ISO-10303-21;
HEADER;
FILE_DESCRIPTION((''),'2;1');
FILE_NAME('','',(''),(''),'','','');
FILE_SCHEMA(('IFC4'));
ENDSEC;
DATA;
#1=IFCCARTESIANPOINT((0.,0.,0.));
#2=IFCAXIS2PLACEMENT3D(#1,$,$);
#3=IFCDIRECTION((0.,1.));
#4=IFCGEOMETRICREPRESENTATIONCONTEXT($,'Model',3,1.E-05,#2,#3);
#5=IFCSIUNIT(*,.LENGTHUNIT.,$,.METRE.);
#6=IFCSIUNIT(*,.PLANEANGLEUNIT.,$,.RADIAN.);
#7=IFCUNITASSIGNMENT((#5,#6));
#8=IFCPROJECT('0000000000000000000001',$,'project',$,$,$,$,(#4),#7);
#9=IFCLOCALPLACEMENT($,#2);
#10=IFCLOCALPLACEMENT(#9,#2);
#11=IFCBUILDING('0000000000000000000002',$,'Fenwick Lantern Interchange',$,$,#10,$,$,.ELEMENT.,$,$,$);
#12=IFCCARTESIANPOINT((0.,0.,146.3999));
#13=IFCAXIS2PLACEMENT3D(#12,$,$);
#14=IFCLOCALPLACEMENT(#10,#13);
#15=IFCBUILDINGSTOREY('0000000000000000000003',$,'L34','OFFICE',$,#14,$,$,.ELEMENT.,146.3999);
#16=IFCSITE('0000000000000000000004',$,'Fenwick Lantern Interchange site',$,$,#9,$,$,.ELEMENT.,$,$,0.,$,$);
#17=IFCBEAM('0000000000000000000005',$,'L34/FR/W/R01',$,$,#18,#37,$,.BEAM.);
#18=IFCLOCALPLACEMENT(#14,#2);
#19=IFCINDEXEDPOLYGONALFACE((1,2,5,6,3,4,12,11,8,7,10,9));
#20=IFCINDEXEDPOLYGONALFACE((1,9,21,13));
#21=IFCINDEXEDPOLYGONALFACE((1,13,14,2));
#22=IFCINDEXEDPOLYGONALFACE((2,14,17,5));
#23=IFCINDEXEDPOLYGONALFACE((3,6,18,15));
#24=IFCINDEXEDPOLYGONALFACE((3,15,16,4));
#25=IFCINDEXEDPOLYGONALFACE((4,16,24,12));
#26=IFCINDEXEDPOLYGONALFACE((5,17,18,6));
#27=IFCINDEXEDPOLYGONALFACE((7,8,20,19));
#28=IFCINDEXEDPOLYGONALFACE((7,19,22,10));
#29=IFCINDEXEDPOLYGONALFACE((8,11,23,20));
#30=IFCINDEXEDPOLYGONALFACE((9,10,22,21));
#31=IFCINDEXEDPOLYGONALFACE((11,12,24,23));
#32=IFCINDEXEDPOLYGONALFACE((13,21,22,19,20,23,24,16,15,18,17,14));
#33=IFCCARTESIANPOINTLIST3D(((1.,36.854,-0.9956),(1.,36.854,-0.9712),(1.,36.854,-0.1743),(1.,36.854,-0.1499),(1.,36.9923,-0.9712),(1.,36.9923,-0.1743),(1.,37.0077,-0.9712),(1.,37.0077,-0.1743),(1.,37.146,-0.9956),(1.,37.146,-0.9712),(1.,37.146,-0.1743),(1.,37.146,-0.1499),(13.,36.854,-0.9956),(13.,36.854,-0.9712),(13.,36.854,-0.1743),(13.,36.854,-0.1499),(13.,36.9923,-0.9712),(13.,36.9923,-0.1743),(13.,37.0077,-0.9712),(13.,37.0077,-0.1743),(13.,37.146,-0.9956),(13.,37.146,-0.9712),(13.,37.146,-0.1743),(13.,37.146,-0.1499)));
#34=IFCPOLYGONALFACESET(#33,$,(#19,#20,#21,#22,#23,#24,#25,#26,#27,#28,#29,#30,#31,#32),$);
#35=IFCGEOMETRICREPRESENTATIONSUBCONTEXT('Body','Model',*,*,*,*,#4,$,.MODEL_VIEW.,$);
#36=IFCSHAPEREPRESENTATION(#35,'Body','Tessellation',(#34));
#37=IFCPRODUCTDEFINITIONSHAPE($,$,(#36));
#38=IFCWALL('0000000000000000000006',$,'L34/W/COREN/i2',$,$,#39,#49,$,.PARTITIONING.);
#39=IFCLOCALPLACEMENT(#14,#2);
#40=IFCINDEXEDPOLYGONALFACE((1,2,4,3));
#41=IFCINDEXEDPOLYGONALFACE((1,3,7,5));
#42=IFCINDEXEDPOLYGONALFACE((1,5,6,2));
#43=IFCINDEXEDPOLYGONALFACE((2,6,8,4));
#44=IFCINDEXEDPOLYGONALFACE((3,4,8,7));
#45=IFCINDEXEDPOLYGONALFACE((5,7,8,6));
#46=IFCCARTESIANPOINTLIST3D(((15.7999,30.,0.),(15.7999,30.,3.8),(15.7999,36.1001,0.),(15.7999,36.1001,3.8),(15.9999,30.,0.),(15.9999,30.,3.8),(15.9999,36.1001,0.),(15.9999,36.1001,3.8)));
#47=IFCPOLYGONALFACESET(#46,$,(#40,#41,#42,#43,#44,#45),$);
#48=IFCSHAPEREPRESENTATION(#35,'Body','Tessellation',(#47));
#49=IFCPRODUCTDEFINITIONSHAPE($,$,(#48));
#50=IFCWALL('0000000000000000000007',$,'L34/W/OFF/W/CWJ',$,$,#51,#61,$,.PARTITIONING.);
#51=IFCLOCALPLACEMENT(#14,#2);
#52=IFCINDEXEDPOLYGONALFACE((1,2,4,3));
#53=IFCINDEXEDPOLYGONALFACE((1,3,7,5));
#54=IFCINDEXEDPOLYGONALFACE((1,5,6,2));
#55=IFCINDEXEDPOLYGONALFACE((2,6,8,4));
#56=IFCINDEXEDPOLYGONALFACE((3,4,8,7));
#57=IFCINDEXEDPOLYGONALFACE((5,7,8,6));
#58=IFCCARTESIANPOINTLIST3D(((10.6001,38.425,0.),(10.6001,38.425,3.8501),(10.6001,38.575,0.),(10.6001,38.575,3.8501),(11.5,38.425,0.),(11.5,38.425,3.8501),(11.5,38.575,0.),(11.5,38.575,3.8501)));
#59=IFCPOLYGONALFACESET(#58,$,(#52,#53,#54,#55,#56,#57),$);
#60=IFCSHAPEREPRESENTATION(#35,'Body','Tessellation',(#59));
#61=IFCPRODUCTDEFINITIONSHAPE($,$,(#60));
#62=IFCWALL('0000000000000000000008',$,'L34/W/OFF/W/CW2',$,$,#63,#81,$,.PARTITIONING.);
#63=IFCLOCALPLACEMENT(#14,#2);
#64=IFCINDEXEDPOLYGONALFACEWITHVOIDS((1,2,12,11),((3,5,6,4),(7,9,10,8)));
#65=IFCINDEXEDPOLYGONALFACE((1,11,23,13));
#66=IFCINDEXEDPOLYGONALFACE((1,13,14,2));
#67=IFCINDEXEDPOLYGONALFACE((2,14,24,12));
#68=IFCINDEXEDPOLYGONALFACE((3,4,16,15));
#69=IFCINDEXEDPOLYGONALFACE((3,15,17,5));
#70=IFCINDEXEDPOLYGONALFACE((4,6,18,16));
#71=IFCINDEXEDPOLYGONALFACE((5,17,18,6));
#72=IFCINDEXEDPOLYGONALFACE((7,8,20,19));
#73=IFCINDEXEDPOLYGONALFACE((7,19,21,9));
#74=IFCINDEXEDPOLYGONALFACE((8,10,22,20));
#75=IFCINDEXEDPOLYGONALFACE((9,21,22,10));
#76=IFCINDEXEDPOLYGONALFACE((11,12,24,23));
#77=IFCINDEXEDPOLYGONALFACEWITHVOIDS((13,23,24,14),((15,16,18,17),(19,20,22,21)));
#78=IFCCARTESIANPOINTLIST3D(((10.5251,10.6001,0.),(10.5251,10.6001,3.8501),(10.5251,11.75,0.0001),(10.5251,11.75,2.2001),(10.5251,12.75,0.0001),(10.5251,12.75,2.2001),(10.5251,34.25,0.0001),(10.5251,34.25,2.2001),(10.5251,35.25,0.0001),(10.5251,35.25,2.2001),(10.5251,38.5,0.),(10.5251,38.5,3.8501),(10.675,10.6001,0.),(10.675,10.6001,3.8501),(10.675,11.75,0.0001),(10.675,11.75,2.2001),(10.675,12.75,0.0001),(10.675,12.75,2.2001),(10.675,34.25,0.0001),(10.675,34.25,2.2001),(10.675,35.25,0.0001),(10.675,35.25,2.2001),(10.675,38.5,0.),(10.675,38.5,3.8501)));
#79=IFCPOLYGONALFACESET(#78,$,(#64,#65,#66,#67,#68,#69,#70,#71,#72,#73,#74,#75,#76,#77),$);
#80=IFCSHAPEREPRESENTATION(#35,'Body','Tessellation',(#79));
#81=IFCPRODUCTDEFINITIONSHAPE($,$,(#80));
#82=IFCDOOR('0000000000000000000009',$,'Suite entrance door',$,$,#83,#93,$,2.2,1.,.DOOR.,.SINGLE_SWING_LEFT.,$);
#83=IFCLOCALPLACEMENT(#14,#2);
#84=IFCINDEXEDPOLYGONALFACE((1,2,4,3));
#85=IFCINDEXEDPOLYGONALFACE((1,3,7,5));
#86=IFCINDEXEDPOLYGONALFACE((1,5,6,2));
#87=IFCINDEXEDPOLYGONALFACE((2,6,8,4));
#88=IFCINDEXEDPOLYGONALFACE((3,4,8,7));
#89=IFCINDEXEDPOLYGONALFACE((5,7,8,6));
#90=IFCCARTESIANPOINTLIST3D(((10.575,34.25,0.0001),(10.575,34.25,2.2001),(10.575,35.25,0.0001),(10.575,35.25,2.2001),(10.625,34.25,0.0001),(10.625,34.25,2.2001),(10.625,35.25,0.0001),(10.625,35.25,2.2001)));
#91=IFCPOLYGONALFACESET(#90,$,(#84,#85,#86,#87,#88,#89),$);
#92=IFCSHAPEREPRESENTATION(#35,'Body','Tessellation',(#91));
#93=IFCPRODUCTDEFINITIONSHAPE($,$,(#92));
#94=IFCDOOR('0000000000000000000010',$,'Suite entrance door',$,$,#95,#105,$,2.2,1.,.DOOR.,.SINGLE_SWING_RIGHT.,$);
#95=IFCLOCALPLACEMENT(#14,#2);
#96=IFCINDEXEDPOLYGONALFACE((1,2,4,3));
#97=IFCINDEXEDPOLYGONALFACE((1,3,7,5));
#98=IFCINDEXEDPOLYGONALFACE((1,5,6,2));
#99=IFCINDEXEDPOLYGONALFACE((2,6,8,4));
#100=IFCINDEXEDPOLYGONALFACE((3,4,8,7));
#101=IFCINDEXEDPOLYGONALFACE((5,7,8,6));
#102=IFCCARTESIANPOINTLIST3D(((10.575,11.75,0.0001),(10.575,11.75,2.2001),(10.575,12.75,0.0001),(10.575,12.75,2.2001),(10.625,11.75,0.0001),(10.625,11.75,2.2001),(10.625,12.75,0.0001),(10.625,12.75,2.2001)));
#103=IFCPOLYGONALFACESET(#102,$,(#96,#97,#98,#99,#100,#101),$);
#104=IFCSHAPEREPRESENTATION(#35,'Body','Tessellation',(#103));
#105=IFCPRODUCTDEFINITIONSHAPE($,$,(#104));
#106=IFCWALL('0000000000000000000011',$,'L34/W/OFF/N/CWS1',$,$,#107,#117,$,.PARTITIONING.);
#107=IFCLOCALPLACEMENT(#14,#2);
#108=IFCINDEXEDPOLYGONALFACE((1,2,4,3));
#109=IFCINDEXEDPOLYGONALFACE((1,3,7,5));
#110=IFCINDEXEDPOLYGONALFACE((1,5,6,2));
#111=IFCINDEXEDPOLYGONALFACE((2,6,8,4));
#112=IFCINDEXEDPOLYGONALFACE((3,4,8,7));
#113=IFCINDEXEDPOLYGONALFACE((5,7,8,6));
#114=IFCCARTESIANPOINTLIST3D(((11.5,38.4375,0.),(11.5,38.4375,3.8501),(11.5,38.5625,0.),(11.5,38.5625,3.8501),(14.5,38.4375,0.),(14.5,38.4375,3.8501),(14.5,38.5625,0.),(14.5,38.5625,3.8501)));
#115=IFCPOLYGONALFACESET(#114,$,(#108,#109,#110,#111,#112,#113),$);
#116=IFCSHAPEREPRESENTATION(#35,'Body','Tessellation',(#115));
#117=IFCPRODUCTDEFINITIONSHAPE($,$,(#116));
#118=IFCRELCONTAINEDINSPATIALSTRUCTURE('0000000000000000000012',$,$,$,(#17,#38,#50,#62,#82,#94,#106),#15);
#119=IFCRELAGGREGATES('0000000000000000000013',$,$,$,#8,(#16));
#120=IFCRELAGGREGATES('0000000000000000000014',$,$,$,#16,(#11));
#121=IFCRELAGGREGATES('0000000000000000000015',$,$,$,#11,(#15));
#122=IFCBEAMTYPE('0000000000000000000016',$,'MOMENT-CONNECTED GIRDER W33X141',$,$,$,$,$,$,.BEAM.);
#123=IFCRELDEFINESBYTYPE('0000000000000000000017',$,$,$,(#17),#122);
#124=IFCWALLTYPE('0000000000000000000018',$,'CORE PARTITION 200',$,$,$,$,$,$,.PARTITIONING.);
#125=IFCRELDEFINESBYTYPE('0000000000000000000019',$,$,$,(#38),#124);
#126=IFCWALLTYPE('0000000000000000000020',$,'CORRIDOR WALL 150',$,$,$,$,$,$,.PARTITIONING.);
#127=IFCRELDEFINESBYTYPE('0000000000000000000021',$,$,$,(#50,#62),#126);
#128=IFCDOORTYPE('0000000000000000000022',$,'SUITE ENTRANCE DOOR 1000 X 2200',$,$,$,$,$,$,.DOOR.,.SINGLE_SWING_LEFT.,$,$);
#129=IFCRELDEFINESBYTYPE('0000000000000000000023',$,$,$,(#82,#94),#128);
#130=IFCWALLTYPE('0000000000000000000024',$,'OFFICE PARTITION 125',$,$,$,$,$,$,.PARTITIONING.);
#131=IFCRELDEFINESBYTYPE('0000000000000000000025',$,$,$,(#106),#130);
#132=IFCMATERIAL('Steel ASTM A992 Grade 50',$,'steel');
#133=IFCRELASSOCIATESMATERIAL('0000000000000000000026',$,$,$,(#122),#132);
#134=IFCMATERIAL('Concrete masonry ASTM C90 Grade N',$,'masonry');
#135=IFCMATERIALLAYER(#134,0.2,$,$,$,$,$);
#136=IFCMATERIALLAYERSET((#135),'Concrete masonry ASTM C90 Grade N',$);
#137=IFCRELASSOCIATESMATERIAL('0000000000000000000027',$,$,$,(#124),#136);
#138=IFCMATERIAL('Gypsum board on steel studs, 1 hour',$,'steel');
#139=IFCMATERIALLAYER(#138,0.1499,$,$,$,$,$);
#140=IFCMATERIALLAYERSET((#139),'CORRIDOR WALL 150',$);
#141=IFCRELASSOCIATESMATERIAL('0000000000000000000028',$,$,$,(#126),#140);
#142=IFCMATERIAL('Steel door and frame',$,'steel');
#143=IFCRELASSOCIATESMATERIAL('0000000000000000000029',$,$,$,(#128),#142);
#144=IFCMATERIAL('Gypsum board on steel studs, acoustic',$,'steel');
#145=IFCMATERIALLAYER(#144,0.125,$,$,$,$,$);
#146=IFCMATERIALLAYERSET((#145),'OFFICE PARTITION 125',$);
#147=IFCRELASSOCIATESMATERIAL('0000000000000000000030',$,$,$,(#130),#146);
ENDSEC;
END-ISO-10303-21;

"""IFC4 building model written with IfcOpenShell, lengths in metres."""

from ifc_helpers import new_model, si_unit, direction, frame, frame_2d, origin, origin_2d, place, context, subcontext, project, spatial, rectangle, i_section, extrude, material, layer, layer_set, material_profile, profile_set, type_object, element, fill, save


model = new_model("IFC4")

# Units and contexts
model_context = context("Model", 3, precision=1e-05, world=origin(), true_north=direction((0.0, 1.0)))
body_context = subcontext(model_context, "Body", "Model", "MODEL_VIEW")
ifc_project = project(units=[si_unit("LENGTHUNIT", "METRE"), si_unit("PLANEANGLEUNIT", "RADIAN")], contexts=[model_context])

# Site, building, storey
site_placement = place(None, origin())
site = spatial("IfcSite", under=ifc_project, at=site_placement, Name="Fenwick Lantern Interchange site", CompositionType="ELEMENT", RefElevation=0.0)
building_placement = place(site_placement, origin())
building = spatial("IfcBuilding", under=site, at=building_placement, Name="Fenwick Lantern Interchange", CompositionType="ELEMENT")
storey_placement = place(building_placement, frame((0.0, 0.0, 146.3999)))
storey = spatial("IfcBuildingStorey", under=building, at=storey_placement, Name="L34", Description="OFFICE", CompositionType="ELEMENT", Elevation=146.3999)

# Beam
ifc_material_1 = material(Name="Steel ASTM A992 Grade 50", Category="steel")
ifc_material_profile_1 = material_profile(ifc_material_1, i_section(OverallWidth=0.292, OverallDepth=0.8457, WebThickness=0.0154, FlangeThickness=0.0244, at=origin_2d()), Name="W33X141")
ifc_profile_set_1 = profile_set([ifc_material_profile_1], Name="Steel ASTM A992 Grade 50")
beam_type_1 = type_object("IfcBeamType", Name="MOMENT-CONNECTED GIRDER W33X141", PredefinedType="BEAM", material=ifc_profile_set_1)
beam_1_placement = place(storey_placement, frame((1.0, 37.0, -0.5728), z_axis=(1.0, 0.0, 0.0), x_axis=(0.0, 1.0, 0.0)))
element("IfcBeam", 1, at=beam_1_placement, inside=storey, type_object=beam_type_1, Name="L34/FR/W/R01", PredefinedType="BEAM", context=body_context, shape_type="SweptSolid", body=[
    extrude(i_section(OverallWidth=0.292, OverallDepth=0.8457, WebThickness=0.0154, FlangeThickness=0.0244, at=origin_2d()), origin(), (0.0, 0.0, 1.0), 12.0),
])

# Walls
ifc_material_2 = material(Name="Concrete masonry ASTM C90 Grade N", Category="masonry")
ifc_layer_1 = layer(ifc_material_2, 0.2)
ifc_layer_set_1 = layer_set([ifc_layer_1], Name="Concrete masonry ASTM C90 Grade N")
wall_type_1 = type_object("IfcWallType", Name="CORE PARTITION 200", PredefinedType="PARTITIONING", material=ifc_layer_set_1)
wall_1_placement = place(storey_placement, frame((15.8999, 36.1001, 0.0), z_axis=(0.0, 0.0, 1.0), x_axis=(0.0, -1.0, 0.0)))
element("IfcWall", 2, at=wall_1_placement, inside=storey, type_object=wall_type_1, Name="L34/W/COREN/i2", PredefinedType="PARTITIONING", context=body_context, shape_type="SweptSolid", body=[
    extrude(rectangle(XDim=6.1001, YDim=0.2, at=frame_2d((3.05, 0.0))), origin(), (0.0, 0.0, 1.0), 3.8),
])
ifc_material_3 = material(Name="Gypsum board on steel studs, 1 hour", Category="steel")
ifc_layer_2 = layer(ifc_material_3, 0.1499)
ifc_layer_set_2 = layer_set([ifc_layer_2], Name="CORRIDOR WALL 150")
wall_type_2 = type_object("IfcWallType", Name="CORRIDOR WALL 150", PredefinedType="PARTITIONING", material=ifc_layer_set_2)
wall_2_placement = place(storey_placement, frame((11.5, 38.5, 0.0), z_axis=(0.0, 0.0, 1.0), x_axis=(-1.0, 0.0, 0.0)))
element("IfcWall", 3, at=wall_2_placement, inside=storey, type_object=wall_type_2, Name="L34/W/OFF/W/CWJ", PredefinedType="PARTITIONING", context=body_context, shape_type="SweptSolid", body=[
    extrude(rectangle(XDim=0.8999, YDim=0.1499, at=frame_2d((0.45, 0.0))), origin(), (0.0, 0.0, 1.0), 3.8501),
])

# Wall, openings, doors
wall_3_placement = place(storey_placement, frame((10.6001, 38.5, 0.0), z_axis=(0.0, 0.0, 1.0), x_axis=(0.0, -1.0, 0.0)))
wall_3 = element("IfcWall", 4, at=wall_3_placement, inside=storey, type_object=wall_type_2, Name="L34/W/OFF/W/CW2", PredefinedType="PARTITIONING", context=body_context, shape_type="SweptSolid", body=[
    extrude(rectangle(XDim=27.8999, YDim=0.1499, at=frame_2d((13.95, 0.0))), origin(), (0.0, 0.0, 1.0), 3.8501),
])
opening_1_placement = place(wall_3_placement, frame((3.25, 0.0, 0.0)))
opening_1 = element("IfcOpeningElement", 5, at=opening_1_placement, cuts=wall_3, PredefinedType="OPENING", context=body_context, shape_type="SweptSolid", body=[
    extrude(rectangle(XDim=1.0, YDim=2.2, at=frame_2d((0.5, 1.1001))), frame((0.0, 0.085, 0.0), z_axis=(0.0, -1.0, 0.0), x_axis=(1.0, 0.0, 0.0)), (0.0, 0.0, 1.0), 0.1699),
])
opening_2_placement = place(wall_3_placement, frame((25.75, 0.0, 0.0)))
opening_2 = element("IfcOpeningElement", 6, at=opening_2_placement, cuts=wall_3, PredefinedType="OPENING", context=body_context, shape_type="SweptSolid", body=[
    extrude(rectangle(XDim=1.0, YDim=2.2, at=frame_2d((0.5, 1.1001))), frame((0.0, 0.085, 0.0), z_axis=(0.0, -1.0, 0.0), x_axis=(1.0, 0.0, 0.0)), (0.0, 0.0, 1.0), 0.1699),
])
ifc_material_4 = material(Name="Steel door and frame", Category="steel")
door_type = type_object("IfcDoorType", Name="SUITE ENTRANCE DOOR 1000 X 2200", OperationType="SINGLE_SWING_LEFT", PredefinedType="DOOR", material=ifc_material_4)
door_1_placement = place(opening_1_placement, origin())
door_1 = element("IfcDoor", 7, at=door_1_placement, inside=storey, type_object=door_type, Name="Suite entrance door", OperationType="SINGLE_SWING_LEFT", OverallHeight=2.2, OverallWidth=1.0, PredefinedType="DOOR", context=body_context, shape_type="SweptSolid", body=[
    extrude(rectangle(XDim=1.0, YDim=2.2, at=frame_2d((0.5, 1.1001))), frame((0.0, 0.0249, 0.0), z_axis=(0.0, -1.0, 0.0), x_axis=(1.0, 0.0, 0.0)), (0.0, 0.0, 1.0), 0.05),
])
fill(opening_1, door_1)
door_2_placement = place(opening_2_placement, origin())
door_2 = element("IfcDoor", 8, at=door_2_placement, inside=storey, type_object=door_type, Name="Suite entrance door", OperationType="SINGLE_SWING_RIGHT", OverallHeight=2.2, OverallWidth=1.0, PredefinedType="DOOR", context=body_context, shape_type="SweptSolid", body=[
    extrude(rectangle(XDim=1.0, YDim=2.2, at=frame_2d((0.5, 1.1001))), frame((0.0, 0.0249, 0.0), z_axis=(0.0, -1.0, 0.0), x_axis=(1.0, 0.0, 0.0)), (0.0, 0.0, 1.0), 0.05),
])
fill(opening_2, door_2)

# Wall
ifc_material_5 = material(Name="Gypsum board on steel studs, acoustic", Category="steel")
ifc_layer_3 = layer(ifc_material_5, 0.125)
ifc_layer_set_3 = layer_set([ifc_layer_3], Name="OFFICE PARTITION 125")
wall_type_3 = type_object("IfcWallType", Name="OFFICE PARTITION 125", PredefinedType="PARTITIONING", material=ifc_layer_set_3)
wall_4_placement = place(storey_placement, frame((14.5, 38.5, 0.0), z_axis=(0.0, 0.0, 1.0), x_axis=(-1.0, 0.0, 0.0)))
element("IfcWall", 9, at=wall_4_placement, inside=storey, type_object=wall_type_3, Name="L34/W/OFF/N/CWS1", PredefinedType="PARTITIONING", context=body_context, shape_type="SweptSolid", body=[
    extrude(rectangle(XDim=3.0, YDim=0.125, at=frame_2d((1.5, 0.0))), origin(), (0.0, 0.0, 1.0), 3.8501),
])

save(model, "model.ifc")
